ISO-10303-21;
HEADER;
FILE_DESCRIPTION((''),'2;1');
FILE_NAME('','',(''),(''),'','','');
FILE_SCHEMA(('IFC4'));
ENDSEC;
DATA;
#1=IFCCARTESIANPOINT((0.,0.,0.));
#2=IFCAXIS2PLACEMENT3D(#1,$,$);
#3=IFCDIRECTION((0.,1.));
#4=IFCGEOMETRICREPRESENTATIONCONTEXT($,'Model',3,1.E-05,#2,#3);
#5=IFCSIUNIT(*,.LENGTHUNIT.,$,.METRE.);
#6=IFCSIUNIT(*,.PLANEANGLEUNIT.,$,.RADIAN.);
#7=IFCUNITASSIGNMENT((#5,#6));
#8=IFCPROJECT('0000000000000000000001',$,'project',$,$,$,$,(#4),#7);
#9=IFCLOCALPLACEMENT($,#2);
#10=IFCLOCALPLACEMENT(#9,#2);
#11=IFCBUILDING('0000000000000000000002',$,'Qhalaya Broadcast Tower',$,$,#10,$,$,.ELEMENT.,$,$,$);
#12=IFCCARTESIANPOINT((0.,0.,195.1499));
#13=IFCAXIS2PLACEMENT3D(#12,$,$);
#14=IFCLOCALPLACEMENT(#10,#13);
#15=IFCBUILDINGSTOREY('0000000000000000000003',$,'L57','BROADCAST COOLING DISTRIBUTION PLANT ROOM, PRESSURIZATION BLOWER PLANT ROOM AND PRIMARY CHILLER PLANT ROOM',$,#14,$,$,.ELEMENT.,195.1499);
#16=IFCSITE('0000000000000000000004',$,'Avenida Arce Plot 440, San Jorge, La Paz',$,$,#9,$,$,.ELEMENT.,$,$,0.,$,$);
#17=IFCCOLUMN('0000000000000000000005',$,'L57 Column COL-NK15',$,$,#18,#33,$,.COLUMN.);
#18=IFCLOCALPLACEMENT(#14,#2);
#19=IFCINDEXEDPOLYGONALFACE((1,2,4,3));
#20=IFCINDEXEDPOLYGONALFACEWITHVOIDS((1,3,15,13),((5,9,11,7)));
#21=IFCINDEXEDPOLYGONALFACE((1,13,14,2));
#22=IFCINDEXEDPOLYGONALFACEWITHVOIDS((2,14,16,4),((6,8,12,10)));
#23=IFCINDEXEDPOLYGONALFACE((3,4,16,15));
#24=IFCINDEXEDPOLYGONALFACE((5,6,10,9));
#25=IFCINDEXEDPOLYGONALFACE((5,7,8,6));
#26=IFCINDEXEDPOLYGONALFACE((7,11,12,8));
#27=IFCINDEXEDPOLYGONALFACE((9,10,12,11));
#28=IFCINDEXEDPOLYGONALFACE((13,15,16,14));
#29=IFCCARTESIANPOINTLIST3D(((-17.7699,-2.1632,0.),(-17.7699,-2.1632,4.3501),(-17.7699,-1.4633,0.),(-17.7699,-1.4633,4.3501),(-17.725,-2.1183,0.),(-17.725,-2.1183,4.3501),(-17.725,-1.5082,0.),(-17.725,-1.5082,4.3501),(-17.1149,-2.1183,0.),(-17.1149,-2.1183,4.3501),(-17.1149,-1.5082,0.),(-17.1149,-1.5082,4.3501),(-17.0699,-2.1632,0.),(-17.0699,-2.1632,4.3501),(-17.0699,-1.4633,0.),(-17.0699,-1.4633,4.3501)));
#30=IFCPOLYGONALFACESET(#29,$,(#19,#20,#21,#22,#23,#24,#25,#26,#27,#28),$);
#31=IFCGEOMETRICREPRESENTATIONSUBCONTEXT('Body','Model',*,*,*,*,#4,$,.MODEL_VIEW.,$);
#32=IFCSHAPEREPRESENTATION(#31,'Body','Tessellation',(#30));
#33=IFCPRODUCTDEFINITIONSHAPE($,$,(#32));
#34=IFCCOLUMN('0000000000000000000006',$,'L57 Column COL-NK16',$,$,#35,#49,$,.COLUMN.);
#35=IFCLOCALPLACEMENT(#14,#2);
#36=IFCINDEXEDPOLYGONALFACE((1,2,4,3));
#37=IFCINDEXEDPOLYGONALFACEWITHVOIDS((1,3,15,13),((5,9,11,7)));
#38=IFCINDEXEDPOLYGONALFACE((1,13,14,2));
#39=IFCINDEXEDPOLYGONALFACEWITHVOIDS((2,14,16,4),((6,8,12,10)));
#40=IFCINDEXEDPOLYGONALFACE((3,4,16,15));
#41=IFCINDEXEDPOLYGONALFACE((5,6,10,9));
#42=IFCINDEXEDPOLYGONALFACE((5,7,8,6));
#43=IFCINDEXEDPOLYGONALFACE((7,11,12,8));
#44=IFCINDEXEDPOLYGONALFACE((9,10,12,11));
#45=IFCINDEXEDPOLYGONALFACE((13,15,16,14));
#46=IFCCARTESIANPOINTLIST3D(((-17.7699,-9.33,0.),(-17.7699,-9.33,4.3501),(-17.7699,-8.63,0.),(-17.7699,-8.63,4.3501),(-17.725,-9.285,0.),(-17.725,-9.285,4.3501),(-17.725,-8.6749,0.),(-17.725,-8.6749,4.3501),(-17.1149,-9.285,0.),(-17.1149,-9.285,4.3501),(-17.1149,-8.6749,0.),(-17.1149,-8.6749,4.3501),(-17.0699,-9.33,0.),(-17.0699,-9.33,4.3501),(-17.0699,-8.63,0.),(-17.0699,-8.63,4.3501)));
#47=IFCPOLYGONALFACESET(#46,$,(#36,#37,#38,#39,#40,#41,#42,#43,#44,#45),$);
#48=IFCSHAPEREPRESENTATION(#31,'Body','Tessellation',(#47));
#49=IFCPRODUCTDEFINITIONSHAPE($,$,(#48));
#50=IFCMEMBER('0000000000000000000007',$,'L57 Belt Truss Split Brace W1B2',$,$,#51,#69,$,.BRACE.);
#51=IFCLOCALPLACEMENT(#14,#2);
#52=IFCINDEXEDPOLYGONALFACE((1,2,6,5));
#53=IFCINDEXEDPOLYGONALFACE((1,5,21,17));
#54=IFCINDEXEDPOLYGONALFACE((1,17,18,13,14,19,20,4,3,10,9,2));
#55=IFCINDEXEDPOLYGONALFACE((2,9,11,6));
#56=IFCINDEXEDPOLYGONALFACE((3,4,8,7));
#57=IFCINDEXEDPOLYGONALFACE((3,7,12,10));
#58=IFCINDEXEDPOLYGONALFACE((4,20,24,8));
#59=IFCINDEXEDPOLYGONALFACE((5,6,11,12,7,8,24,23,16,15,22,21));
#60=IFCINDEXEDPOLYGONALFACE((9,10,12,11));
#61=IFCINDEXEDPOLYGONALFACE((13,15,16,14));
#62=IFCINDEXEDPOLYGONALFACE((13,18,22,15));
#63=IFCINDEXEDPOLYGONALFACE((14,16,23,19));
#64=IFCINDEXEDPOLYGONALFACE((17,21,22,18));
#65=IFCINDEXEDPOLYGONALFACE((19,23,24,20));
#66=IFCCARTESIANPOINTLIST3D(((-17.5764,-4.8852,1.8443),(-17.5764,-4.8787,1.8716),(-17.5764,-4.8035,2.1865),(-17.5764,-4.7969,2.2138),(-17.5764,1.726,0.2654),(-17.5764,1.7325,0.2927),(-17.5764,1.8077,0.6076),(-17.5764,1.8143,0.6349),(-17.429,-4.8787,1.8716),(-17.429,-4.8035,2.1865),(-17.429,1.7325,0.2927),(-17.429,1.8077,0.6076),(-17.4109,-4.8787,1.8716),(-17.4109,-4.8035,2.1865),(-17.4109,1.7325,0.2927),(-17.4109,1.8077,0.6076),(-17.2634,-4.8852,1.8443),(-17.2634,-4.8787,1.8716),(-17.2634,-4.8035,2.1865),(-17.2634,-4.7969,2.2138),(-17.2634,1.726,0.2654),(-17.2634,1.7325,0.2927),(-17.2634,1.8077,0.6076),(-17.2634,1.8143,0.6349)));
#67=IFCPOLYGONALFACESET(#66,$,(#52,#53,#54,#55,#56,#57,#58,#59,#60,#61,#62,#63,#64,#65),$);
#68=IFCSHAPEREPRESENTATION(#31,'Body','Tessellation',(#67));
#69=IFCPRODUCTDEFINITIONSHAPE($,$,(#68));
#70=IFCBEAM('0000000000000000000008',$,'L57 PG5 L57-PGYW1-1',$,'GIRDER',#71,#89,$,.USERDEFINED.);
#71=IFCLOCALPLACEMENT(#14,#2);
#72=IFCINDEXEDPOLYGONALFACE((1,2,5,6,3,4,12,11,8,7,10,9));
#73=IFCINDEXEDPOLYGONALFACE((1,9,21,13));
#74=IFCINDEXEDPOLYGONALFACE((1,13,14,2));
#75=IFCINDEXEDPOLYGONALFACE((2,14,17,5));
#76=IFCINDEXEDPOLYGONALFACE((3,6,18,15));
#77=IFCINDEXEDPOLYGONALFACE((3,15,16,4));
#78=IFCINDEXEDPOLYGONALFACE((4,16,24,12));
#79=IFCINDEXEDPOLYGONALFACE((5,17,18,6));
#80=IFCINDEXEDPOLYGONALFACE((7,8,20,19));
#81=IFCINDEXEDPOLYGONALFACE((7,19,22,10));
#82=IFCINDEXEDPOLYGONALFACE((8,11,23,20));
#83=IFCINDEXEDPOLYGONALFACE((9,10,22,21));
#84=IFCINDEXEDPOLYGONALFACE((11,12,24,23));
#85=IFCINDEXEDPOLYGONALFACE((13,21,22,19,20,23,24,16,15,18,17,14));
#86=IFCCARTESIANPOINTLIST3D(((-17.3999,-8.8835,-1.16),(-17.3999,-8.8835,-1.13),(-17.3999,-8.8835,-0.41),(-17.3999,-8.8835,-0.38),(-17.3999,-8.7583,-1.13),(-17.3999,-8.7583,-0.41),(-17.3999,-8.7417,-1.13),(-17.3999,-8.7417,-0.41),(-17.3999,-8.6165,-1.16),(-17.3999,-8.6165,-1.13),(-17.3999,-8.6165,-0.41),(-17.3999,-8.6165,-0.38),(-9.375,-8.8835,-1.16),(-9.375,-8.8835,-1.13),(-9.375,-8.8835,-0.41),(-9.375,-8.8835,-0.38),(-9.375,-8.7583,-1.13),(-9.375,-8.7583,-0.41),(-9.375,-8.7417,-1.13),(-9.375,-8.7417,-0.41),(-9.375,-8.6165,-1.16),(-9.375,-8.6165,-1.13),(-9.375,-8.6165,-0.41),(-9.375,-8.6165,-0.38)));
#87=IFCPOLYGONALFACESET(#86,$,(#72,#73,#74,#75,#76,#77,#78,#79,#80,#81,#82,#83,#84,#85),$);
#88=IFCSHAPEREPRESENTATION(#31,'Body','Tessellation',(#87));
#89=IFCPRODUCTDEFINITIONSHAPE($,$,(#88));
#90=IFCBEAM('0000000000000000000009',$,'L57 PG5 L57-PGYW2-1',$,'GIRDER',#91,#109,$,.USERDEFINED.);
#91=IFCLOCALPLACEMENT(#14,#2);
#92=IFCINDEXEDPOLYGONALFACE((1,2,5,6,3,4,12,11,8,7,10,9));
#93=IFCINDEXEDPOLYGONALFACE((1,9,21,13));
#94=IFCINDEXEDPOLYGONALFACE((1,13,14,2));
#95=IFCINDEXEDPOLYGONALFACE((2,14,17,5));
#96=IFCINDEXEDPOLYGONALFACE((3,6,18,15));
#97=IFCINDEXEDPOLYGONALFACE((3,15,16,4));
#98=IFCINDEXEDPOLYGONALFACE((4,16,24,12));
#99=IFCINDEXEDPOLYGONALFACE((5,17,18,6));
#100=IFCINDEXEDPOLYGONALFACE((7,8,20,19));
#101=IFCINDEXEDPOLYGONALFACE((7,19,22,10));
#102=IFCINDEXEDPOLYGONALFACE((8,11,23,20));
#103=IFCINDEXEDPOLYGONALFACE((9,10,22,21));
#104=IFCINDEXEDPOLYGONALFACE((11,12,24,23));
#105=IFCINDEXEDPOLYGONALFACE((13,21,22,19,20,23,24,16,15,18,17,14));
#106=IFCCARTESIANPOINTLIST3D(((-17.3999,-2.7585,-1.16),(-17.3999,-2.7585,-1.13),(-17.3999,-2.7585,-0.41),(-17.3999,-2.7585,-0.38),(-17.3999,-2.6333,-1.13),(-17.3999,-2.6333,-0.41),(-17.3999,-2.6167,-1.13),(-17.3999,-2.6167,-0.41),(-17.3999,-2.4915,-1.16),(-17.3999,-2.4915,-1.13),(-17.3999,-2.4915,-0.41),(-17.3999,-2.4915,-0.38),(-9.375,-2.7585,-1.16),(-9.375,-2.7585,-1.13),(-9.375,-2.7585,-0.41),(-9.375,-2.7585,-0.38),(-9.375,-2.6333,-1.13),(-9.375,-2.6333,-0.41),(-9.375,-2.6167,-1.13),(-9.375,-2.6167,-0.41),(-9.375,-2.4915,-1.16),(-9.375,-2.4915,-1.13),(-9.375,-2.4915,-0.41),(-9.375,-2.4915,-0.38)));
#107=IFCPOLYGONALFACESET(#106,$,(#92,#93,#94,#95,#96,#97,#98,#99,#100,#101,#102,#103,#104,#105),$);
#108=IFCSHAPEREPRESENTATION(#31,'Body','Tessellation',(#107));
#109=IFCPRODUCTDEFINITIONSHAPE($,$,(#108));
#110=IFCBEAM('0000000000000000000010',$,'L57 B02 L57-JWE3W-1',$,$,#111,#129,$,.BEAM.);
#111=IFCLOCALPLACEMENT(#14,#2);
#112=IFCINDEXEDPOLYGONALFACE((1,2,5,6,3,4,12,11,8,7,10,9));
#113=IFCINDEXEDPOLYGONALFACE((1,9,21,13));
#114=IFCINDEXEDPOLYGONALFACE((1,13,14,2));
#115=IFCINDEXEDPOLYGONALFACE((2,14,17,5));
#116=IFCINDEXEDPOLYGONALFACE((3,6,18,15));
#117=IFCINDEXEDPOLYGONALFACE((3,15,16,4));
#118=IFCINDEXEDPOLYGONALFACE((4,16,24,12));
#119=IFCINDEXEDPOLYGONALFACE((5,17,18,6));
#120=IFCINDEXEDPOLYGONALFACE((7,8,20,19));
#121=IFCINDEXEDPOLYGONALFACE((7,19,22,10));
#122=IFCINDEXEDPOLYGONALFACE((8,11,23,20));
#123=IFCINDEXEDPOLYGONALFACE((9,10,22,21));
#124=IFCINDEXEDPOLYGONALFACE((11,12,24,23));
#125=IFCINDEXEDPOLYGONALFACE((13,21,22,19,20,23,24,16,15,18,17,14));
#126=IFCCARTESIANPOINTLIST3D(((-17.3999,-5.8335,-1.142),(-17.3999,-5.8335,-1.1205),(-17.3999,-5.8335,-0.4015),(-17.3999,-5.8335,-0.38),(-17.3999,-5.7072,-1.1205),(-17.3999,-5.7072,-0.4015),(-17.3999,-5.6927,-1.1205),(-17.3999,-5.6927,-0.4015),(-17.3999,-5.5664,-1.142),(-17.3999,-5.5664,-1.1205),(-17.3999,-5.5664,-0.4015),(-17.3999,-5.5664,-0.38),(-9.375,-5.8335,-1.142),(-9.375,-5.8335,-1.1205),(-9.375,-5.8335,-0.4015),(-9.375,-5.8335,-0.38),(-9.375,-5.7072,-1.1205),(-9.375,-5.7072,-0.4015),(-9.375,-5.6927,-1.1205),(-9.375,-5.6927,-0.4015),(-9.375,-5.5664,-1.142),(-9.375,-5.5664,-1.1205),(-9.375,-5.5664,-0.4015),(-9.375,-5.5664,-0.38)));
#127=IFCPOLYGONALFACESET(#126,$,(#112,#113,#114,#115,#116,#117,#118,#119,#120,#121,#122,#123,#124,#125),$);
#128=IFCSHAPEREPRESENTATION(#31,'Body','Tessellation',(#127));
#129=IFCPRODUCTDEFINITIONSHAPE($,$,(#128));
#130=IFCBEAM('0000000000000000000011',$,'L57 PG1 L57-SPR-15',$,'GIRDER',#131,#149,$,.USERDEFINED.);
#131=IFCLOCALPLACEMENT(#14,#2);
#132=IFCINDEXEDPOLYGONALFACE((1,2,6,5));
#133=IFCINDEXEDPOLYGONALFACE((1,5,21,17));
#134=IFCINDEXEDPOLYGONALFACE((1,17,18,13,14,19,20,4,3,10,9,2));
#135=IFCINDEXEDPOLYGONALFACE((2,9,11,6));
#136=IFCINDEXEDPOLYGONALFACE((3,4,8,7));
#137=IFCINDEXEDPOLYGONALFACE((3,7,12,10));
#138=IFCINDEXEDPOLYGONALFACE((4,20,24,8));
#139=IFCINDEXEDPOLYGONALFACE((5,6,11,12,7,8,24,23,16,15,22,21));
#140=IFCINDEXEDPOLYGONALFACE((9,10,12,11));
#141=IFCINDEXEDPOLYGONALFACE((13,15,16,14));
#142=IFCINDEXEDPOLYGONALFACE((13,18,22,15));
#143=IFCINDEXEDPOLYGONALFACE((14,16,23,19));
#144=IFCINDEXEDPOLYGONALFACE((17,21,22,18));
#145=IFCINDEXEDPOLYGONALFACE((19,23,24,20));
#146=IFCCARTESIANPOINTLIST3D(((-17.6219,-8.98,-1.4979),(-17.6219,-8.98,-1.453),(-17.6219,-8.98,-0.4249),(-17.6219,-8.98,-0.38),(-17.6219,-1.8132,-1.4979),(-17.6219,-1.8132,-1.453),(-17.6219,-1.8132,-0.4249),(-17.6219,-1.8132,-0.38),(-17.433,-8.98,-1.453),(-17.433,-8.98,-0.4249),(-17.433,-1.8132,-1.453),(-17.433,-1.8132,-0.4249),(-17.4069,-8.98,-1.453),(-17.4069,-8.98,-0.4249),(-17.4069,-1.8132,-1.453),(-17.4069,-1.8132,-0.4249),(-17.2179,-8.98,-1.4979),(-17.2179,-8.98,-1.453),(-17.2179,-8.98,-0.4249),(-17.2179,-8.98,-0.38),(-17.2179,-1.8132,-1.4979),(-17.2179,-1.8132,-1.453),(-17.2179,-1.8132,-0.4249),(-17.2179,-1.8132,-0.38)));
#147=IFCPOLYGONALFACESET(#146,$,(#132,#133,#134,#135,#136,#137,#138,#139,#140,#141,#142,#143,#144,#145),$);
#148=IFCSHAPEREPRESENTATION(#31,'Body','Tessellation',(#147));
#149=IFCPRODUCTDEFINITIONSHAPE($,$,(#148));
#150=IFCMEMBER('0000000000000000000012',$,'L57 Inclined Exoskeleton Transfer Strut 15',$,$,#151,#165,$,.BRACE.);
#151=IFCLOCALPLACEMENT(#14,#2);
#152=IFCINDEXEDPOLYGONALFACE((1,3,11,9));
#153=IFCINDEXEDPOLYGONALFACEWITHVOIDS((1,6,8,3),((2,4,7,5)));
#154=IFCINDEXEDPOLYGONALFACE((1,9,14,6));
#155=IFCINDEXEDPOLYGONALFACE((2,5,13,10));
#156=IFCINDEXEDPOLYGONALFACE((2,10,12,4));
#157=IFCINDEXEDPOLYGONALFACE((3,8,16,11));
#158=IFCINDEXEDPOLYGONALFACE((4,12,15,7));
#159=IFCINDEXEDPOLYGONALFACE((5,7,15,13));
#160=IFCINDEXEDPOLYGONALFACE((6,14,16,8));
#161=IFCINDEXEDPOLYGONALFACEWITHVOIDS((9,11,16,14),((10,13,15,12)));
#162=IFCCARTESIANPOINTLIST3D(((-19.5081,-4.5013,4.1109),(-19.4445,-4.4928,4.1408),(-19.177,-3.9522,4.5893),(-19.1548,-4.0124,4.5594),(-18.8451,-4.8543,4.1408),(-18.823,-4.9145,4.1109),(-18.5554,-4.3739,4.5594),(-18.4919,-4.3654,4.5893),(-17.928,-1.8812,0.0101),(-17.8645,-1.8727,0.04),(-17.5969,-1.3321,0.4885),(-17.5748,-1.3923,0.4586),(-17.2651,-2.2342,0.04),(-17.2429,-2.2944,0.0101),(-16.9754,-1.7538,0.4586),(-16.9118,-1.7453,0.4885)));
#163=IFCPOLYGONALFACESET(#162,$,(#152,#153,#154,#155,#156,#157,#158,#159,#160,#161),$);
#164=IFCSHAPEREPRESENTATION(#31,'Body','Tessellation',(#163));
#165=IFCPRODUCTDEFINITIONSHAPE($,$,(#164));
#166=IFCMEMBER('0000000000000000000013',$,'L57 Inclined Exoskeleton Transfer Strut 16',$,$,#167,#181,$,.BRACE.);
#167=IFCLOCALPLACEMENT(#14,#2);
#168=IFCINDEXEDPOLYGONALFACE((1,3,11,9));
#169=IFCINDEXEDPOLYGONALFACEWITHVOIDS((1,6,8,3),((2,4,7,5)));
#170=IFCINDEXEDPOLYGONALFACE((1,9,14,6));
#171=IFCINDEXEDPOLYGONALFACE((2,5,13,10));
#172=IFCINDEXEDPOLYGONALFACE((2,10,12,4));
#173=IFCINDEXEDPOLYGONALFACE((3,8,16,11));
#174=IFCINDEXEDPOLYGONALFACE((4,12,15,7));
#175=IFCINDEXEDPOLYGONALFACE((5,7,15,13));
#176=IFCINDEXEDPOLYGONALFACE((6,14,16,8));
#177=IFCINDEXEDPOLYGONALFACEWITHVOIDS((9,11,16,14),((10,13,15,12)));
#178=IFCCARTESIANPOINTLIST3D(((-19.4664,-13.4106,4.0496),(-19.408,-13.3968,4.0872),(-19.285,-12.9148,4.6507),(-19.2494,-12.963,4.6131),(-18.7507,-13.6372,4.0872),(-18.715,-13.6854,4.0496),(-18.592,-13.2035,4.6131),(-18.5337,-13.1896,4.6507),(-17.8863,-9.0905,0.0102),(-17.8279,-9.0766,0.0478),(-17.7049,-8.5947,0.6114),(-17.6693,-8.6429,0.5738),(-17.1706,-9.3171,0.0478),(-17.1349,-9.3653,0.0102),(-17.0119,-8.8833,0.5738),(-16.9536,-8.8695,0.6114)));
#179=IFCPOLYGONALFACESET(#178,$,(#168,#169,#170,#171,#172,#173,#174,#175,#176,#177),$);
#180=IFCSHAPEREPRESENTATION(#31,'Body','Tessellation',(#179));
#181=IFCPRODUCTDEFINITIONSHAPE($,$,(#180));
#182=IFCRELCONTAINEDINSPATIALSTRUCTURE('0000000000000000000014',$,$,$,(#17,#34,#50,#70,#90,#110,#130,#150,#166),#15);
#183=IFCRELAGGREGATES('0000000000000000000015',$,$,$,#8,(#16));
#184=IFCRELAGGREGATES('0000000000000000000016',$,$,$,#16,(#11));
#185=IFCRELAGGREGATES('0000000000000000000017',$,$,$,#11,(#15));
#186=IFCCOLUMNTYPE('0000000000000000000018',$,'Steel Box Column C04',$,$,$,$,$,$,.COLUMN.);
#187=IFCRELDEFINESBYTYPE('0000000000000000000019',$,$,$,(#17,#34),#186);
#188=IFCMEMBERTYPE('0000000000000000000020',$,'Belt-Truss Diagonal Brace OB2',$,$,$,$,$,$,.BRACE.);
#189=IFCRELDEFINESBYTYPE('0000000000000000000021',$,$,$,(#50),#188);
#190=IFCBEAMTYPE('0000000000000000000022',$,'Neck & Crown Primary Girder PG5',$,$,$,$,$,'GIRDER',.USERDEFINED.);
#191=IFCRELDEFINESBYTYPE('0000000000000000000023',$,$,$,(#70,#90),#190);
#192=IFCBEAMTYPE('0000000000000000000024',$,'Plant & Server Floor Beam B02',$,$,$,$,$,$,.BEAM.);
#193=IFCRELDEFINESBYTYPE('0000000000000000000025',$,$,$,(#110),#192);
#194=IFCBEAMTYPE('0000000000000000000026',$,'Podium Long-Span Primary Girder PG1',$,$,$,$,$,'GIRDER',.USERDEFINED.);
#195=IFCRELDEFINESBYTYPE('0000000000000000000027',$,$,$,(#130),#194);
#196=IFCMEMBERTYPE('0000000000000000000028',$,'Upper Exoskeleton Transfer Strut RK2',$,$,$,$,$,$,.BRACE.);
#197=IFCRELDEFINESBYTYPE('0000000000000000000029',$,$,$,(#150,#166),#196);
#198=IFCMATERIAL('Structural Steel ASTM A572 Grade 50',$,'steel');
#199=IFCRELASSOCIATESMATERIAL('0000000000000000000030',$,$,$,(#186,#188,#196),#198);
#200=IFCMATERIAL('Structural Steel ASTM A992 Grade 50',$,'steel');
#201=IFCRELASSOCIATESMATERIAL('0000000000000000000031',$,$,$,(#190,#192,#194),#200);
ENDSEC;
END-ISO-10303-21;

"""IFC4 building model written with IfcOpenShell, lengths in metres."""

from ifc_helpers import new_model, si_unit, direction, frame, origin, origin_2d, place, context, subcontext, project, spatial, hollow_rectangle, i_section, extrude, material, material_profile, profile_set, type_object, element, save


model = new_model("IFC4")

# Units and contexts
model_context = context("Model", 3, precision=1e-05, world=origin(), true_north=direction((0.0, 1.0)))
body_context = subcontext(model_context, "Body", "Model", "MODEL_VIEW")
ifc_project = project(units=[si_unit("LENGTHUNIT", "METRE"), si_unit("PLANEANGLEUNIT", "RADIAN")], contexts=[model_context])

# Site, building, storey
site_placement = place(None, origin())
site = spatial("IfcSite", under=ifc_project, at=site_placement, Name="Avenida Arce Plot 440, San Jorge, La Paz", CompositionType="ELEMENT", RefElevation=0.0)
building_placement = place(site_placement, origin())
building = spatial("IfcBuilding", under=site, at=building_placement, Name="Qhalaya Broadcast Tower", CompositionType="ELEMENT")
storey_placement = place(building_placement, frame((0.0, 0.0, 195.1499)))
storey = spatial("IfcBuildingStorey", under=building, at=storey_placement, Name="L57", Description="BROADCAST COOLING DISTRIBUTION PLANT ROOM, PRESSURIZATION BLOWER PLANT ROOM AND PRIMARY CHILLER PLANT ROOM", CompositionType="ELEMENT", Elevation=195.1499)

# Columns
ifc_material_1 = material(Name="Structural Steel ASTM A572 Grade 50", Category="steel")
ifc_material_profile_1 = material_profile(ifc_material_1, hollow_rectangle(XDim=0.7, YDim=0.7, WallThickness=0.0449, at=origin_2d()), Name="BOX 700x700x45")
ifc_profile_set_1 = profile_set([ifc_material_profile_1], Name="Structural Steel ASTM A572 Grade 50")
column_type = type_object("IfcColumnType", Name="Steel Box Column C04", PredefinedType="COLUMN", material=ifc_profile_set_1)
for number, where, z_axis, x_axis, name in (
    (1, (-17.4199, -1.8132, 0.0), (0.0, 0.0, 1.0), (0.0, 1.0, 0.0), "L57 Column COL-NK15"),
    (2, (-17.4199, -8.98, 0.0), (0.0, 0.0, 1.0), (0.0, 1.0, 0.0), "L57 Column COL-NK16"),
):
    element("IfcColumn", number, at=place(storey_placement, frame(where, z_axis=z_axis, x_axis=x_axis)), inside=storey, type_object=column_type, Name=name, PredefinedType="COLUMN", context=body_context, shape_type="SweptSolid", body=[
        extrude(hollow_rectangle(XDim=0.7, YDim=0.7, WallThickness=0.0449, at=origin_2d()), origin(), (0.0, 0.0, 1.0), 4.3501),
    ])

# Member
ifc_material_profile_2 = material_profile(ifc_material_1, i_section(OverallWidth=0.313, OverallDepth=0.3799, WebThickness=0.0181, FlangeThickness=0.0281, at=origin_2d()), Name="W12X120")
ifc_profile_set_2 = profile_set([ifc_material_profile_2], Name="Structural Steel ASTM A572 Grade 50")
member_type_1 = type_object("IfcMemberType", Name="Belt-Truss Diagonal Brace OB2", PredefinedType="BRACE", material=ifc_profile_set_2)
member_1_placement = place(storey_placement, frame((-17.4199, -4.8411, 2.0291), z_axis=(0.0, 0.972647, -0.232287), x_axis=(-1.0, 0.0, 0.0)))
element("IfcMember", 3, at=member_1_placement, inside=storey, type_object=member_type_1, Name="L57 Belt Truss Split Brace W1B2", PredefinedType="BRACE", context=body_context, shape_type="SweptSolid", body=[
    extrude(i_section(OverallWidth=0.313, OverallDepth=0.3799, WebThickness=0.0181, FlangeThickness=0.0281, at=origin_2d()), origin(), (0.0, 0.0, 1.0), 6.7971),
])

# Beams
ifc_material_2 = material(Name="Structural Steel ASTM A992 Grade 50", Category="steel")
ifc_material_profile_3 = material_profile(ifc_material_2, i_section(OverallWidth=0.2671, OverallDepth=0.78, WebThickness=0.0166, FlangeThickness=0.03, at=origin_2d()), Name="W30X148")
ifc_profile_set_3 = profile_set([ifc_material_profile_3], Name="Structural Steel ASTM A992 Grade 50")
beam_type_1 = type_object("IfcBeamType", Name="Neck & Crown Primary Girder PG5", ElementType="GIRDER", PredefinedType="USERDEFINED", material=ifc_profile_set_3)
for number, where, z_axis, x_axis, name in (
    (4, (-17.3999, -8.75, -0.77), (1.0, 0.0, 0.0), (0.0, 1.0, 0.0), "L57 PG5 L57-PGYW1-1"),
    (5, (-17.3999, -2.625, -0.77), (1.0, 0.0, 0.0), (0.0, 1.0, 0.0), "L57 PG5 L57-PGYW2-1"),
):
    element("IfcBeam", number, at=place(storey_placement, frame(where, z_axis=z_axis, x_axis=x_axis)), inside=storey, type_object=beam_type_1, Name=name, ObjectType="GIRDER", PredefinedType="USERDEFINED", context=body_context, shape_type="SweptSolid", body=[
        extrude(i_section(OverallWidth=0.2671, OverallDepth=0.78, WebThickness=0.0166, FlangeThickness=0.03, at=origin_2d()), origin(), (0.0, 0.0, 1.0), 8.0249),
    ])
ifc_material_profile_4 = material_profile(ifc_material_2, i_section(OverallWidth=0.2671, OverallDepth=0.762, WebThickness=0.0144, FlangeThickness=0.0215, at=origin_2d()), Name="W30X116")
ifc_profile_set_4 = profile_set([ifc_material_profile_4], Name="Structural Steel ASTM A992 Grade 50")
beam_type_2 = type_object("IfcBeamType", Name="Plant & Server Floor Beam B02", PredefinedType="BEAM", material=ifc_profile_set_4)
beam_1_placement = place(storey_placement, frame((-17.3999, -5.7, -0.761), z_axis=(1.0, 0.0, 0.0), x_axis=(0.0, 1.0, 0.0)))
element("IfcBeam", 6, at=beam_1_placement, inside=storey, type_object=beam_type_2, Name="L57 B02 L57-JWE3W-1", PredefinedType="BEAM", context=body_context, shape_type="SweptSolid", body=[
    extrude(i_section(OverallWidth=0.2671, OverallDepth=0.762, WebThickness=0.0144, FlangeThickness=0.0215, at=origin_2d()), origin(), (0.0, 0.0, 1.0), 8.0249),
])
ifc_material_profile_5 = material_profile(ifc_material_2, i_section(OverallWidth=0.4041, OverallDepth=1.1179, WebThickness=0.0261, FlangeThickness=0.0449, at=origin_2d()), Name="W44X335")
ifc_profile_set_5 = profile_set([ifc_material_profile_5], Name="Structural Steel ASTM A992 Grade 50")
beam_type_3 = type_object("IfcBeamType", Name="Podium Long-Span Primary Girder PG1", ElementType="GIRDER", PredefinedType="USERDEFINED", material=ifc_profile_set_5)
beam_2_placement = place(storey_placement, frame((-17.4199, -1.8132, -0.939), z_axis=(0.0, -1.0, 0.0), x_axis=(1.0, 0.0, 0.0)))
element("IfcBeam", 7, at=beam_2_placement, inside=storey, type_object=beam_type_3, Name="L57 PG1 L57-SPR-15", ObjectType="GIRDER", PredefinedType="USERDEFINED", context=body_context, shape_type="SweptSolid", body=[
    extrude(i_section(OverallWidth=0.4041, OverallDepth=1.1179, WebThickness=0.0261, FlangeThickness=0.0449, at=origin_2d()), origin(), (0.0, 0.0, 1.0), 7.1667),
])

# Members
ifc_material_profile_6 = material_profile(ifc_material_1, hollow_rectangle(XDim=0.8, YDim=0.8, WallThickness=0.05, at=origin_2d()), Name="BOX 800x800x50")
ifc_profile_set_6 = profile_set([ifc_material_profile_6], Name="Structural Steel ASTM A572 Grade 50")
member_type_2 = type_object("IfcMemberType", Name="Upper Exoskeleton Transfer Strut RK2", PredefinedType="BRACE", material=ifc_profile_set_6)
member_2_placement = place(storey_placement, frame((-17.4199, -1.8132, 0.2493), z_axis=(-0.308821, -0.512093, 0.801493), x_axis=(0.856336, -0.516419, 0.0)))
element("IfcMember", 8, at=member_2_placement, inside=storey, type_object=member_type_2, Name="L57 Inclined Exoskeleton Transfer Strut 15", PredefinedType="BRACE", context=body_context, shape_type="SweptSolid", body=[
    extrude(hollow_rectangle(XDim=0.8, YDim=0.8, WallThickness=0.05, at=origin_2d()), origin(), (0.0, 0.0, 1.0), 5.1165),
])
member_3_placement = place(storey_placement, frame((-17.4199, -8.98, 0.3108), z_axis=(-0.25811, -0.705693, 0.65983), x_axis=(0.939153, -0.343498, 0.0)))
element("IfcMember", 9, at=member_3_placement, inside=storey, type_object=member_type_2, Name="L57 Inclined Exoskeleton Transfer Strut 16", PredefinedType="BRACE", context=body_context, shape_type="SweptSolid", body=[
    extrude(hollow_rectangle(XDim=0.8, YDim=0.8, WallThickness=0.05, at=origin_2d()), origin(), (0.0, 0.0, 1.0), 6.1218),
])

save(model, "model.ifc")
